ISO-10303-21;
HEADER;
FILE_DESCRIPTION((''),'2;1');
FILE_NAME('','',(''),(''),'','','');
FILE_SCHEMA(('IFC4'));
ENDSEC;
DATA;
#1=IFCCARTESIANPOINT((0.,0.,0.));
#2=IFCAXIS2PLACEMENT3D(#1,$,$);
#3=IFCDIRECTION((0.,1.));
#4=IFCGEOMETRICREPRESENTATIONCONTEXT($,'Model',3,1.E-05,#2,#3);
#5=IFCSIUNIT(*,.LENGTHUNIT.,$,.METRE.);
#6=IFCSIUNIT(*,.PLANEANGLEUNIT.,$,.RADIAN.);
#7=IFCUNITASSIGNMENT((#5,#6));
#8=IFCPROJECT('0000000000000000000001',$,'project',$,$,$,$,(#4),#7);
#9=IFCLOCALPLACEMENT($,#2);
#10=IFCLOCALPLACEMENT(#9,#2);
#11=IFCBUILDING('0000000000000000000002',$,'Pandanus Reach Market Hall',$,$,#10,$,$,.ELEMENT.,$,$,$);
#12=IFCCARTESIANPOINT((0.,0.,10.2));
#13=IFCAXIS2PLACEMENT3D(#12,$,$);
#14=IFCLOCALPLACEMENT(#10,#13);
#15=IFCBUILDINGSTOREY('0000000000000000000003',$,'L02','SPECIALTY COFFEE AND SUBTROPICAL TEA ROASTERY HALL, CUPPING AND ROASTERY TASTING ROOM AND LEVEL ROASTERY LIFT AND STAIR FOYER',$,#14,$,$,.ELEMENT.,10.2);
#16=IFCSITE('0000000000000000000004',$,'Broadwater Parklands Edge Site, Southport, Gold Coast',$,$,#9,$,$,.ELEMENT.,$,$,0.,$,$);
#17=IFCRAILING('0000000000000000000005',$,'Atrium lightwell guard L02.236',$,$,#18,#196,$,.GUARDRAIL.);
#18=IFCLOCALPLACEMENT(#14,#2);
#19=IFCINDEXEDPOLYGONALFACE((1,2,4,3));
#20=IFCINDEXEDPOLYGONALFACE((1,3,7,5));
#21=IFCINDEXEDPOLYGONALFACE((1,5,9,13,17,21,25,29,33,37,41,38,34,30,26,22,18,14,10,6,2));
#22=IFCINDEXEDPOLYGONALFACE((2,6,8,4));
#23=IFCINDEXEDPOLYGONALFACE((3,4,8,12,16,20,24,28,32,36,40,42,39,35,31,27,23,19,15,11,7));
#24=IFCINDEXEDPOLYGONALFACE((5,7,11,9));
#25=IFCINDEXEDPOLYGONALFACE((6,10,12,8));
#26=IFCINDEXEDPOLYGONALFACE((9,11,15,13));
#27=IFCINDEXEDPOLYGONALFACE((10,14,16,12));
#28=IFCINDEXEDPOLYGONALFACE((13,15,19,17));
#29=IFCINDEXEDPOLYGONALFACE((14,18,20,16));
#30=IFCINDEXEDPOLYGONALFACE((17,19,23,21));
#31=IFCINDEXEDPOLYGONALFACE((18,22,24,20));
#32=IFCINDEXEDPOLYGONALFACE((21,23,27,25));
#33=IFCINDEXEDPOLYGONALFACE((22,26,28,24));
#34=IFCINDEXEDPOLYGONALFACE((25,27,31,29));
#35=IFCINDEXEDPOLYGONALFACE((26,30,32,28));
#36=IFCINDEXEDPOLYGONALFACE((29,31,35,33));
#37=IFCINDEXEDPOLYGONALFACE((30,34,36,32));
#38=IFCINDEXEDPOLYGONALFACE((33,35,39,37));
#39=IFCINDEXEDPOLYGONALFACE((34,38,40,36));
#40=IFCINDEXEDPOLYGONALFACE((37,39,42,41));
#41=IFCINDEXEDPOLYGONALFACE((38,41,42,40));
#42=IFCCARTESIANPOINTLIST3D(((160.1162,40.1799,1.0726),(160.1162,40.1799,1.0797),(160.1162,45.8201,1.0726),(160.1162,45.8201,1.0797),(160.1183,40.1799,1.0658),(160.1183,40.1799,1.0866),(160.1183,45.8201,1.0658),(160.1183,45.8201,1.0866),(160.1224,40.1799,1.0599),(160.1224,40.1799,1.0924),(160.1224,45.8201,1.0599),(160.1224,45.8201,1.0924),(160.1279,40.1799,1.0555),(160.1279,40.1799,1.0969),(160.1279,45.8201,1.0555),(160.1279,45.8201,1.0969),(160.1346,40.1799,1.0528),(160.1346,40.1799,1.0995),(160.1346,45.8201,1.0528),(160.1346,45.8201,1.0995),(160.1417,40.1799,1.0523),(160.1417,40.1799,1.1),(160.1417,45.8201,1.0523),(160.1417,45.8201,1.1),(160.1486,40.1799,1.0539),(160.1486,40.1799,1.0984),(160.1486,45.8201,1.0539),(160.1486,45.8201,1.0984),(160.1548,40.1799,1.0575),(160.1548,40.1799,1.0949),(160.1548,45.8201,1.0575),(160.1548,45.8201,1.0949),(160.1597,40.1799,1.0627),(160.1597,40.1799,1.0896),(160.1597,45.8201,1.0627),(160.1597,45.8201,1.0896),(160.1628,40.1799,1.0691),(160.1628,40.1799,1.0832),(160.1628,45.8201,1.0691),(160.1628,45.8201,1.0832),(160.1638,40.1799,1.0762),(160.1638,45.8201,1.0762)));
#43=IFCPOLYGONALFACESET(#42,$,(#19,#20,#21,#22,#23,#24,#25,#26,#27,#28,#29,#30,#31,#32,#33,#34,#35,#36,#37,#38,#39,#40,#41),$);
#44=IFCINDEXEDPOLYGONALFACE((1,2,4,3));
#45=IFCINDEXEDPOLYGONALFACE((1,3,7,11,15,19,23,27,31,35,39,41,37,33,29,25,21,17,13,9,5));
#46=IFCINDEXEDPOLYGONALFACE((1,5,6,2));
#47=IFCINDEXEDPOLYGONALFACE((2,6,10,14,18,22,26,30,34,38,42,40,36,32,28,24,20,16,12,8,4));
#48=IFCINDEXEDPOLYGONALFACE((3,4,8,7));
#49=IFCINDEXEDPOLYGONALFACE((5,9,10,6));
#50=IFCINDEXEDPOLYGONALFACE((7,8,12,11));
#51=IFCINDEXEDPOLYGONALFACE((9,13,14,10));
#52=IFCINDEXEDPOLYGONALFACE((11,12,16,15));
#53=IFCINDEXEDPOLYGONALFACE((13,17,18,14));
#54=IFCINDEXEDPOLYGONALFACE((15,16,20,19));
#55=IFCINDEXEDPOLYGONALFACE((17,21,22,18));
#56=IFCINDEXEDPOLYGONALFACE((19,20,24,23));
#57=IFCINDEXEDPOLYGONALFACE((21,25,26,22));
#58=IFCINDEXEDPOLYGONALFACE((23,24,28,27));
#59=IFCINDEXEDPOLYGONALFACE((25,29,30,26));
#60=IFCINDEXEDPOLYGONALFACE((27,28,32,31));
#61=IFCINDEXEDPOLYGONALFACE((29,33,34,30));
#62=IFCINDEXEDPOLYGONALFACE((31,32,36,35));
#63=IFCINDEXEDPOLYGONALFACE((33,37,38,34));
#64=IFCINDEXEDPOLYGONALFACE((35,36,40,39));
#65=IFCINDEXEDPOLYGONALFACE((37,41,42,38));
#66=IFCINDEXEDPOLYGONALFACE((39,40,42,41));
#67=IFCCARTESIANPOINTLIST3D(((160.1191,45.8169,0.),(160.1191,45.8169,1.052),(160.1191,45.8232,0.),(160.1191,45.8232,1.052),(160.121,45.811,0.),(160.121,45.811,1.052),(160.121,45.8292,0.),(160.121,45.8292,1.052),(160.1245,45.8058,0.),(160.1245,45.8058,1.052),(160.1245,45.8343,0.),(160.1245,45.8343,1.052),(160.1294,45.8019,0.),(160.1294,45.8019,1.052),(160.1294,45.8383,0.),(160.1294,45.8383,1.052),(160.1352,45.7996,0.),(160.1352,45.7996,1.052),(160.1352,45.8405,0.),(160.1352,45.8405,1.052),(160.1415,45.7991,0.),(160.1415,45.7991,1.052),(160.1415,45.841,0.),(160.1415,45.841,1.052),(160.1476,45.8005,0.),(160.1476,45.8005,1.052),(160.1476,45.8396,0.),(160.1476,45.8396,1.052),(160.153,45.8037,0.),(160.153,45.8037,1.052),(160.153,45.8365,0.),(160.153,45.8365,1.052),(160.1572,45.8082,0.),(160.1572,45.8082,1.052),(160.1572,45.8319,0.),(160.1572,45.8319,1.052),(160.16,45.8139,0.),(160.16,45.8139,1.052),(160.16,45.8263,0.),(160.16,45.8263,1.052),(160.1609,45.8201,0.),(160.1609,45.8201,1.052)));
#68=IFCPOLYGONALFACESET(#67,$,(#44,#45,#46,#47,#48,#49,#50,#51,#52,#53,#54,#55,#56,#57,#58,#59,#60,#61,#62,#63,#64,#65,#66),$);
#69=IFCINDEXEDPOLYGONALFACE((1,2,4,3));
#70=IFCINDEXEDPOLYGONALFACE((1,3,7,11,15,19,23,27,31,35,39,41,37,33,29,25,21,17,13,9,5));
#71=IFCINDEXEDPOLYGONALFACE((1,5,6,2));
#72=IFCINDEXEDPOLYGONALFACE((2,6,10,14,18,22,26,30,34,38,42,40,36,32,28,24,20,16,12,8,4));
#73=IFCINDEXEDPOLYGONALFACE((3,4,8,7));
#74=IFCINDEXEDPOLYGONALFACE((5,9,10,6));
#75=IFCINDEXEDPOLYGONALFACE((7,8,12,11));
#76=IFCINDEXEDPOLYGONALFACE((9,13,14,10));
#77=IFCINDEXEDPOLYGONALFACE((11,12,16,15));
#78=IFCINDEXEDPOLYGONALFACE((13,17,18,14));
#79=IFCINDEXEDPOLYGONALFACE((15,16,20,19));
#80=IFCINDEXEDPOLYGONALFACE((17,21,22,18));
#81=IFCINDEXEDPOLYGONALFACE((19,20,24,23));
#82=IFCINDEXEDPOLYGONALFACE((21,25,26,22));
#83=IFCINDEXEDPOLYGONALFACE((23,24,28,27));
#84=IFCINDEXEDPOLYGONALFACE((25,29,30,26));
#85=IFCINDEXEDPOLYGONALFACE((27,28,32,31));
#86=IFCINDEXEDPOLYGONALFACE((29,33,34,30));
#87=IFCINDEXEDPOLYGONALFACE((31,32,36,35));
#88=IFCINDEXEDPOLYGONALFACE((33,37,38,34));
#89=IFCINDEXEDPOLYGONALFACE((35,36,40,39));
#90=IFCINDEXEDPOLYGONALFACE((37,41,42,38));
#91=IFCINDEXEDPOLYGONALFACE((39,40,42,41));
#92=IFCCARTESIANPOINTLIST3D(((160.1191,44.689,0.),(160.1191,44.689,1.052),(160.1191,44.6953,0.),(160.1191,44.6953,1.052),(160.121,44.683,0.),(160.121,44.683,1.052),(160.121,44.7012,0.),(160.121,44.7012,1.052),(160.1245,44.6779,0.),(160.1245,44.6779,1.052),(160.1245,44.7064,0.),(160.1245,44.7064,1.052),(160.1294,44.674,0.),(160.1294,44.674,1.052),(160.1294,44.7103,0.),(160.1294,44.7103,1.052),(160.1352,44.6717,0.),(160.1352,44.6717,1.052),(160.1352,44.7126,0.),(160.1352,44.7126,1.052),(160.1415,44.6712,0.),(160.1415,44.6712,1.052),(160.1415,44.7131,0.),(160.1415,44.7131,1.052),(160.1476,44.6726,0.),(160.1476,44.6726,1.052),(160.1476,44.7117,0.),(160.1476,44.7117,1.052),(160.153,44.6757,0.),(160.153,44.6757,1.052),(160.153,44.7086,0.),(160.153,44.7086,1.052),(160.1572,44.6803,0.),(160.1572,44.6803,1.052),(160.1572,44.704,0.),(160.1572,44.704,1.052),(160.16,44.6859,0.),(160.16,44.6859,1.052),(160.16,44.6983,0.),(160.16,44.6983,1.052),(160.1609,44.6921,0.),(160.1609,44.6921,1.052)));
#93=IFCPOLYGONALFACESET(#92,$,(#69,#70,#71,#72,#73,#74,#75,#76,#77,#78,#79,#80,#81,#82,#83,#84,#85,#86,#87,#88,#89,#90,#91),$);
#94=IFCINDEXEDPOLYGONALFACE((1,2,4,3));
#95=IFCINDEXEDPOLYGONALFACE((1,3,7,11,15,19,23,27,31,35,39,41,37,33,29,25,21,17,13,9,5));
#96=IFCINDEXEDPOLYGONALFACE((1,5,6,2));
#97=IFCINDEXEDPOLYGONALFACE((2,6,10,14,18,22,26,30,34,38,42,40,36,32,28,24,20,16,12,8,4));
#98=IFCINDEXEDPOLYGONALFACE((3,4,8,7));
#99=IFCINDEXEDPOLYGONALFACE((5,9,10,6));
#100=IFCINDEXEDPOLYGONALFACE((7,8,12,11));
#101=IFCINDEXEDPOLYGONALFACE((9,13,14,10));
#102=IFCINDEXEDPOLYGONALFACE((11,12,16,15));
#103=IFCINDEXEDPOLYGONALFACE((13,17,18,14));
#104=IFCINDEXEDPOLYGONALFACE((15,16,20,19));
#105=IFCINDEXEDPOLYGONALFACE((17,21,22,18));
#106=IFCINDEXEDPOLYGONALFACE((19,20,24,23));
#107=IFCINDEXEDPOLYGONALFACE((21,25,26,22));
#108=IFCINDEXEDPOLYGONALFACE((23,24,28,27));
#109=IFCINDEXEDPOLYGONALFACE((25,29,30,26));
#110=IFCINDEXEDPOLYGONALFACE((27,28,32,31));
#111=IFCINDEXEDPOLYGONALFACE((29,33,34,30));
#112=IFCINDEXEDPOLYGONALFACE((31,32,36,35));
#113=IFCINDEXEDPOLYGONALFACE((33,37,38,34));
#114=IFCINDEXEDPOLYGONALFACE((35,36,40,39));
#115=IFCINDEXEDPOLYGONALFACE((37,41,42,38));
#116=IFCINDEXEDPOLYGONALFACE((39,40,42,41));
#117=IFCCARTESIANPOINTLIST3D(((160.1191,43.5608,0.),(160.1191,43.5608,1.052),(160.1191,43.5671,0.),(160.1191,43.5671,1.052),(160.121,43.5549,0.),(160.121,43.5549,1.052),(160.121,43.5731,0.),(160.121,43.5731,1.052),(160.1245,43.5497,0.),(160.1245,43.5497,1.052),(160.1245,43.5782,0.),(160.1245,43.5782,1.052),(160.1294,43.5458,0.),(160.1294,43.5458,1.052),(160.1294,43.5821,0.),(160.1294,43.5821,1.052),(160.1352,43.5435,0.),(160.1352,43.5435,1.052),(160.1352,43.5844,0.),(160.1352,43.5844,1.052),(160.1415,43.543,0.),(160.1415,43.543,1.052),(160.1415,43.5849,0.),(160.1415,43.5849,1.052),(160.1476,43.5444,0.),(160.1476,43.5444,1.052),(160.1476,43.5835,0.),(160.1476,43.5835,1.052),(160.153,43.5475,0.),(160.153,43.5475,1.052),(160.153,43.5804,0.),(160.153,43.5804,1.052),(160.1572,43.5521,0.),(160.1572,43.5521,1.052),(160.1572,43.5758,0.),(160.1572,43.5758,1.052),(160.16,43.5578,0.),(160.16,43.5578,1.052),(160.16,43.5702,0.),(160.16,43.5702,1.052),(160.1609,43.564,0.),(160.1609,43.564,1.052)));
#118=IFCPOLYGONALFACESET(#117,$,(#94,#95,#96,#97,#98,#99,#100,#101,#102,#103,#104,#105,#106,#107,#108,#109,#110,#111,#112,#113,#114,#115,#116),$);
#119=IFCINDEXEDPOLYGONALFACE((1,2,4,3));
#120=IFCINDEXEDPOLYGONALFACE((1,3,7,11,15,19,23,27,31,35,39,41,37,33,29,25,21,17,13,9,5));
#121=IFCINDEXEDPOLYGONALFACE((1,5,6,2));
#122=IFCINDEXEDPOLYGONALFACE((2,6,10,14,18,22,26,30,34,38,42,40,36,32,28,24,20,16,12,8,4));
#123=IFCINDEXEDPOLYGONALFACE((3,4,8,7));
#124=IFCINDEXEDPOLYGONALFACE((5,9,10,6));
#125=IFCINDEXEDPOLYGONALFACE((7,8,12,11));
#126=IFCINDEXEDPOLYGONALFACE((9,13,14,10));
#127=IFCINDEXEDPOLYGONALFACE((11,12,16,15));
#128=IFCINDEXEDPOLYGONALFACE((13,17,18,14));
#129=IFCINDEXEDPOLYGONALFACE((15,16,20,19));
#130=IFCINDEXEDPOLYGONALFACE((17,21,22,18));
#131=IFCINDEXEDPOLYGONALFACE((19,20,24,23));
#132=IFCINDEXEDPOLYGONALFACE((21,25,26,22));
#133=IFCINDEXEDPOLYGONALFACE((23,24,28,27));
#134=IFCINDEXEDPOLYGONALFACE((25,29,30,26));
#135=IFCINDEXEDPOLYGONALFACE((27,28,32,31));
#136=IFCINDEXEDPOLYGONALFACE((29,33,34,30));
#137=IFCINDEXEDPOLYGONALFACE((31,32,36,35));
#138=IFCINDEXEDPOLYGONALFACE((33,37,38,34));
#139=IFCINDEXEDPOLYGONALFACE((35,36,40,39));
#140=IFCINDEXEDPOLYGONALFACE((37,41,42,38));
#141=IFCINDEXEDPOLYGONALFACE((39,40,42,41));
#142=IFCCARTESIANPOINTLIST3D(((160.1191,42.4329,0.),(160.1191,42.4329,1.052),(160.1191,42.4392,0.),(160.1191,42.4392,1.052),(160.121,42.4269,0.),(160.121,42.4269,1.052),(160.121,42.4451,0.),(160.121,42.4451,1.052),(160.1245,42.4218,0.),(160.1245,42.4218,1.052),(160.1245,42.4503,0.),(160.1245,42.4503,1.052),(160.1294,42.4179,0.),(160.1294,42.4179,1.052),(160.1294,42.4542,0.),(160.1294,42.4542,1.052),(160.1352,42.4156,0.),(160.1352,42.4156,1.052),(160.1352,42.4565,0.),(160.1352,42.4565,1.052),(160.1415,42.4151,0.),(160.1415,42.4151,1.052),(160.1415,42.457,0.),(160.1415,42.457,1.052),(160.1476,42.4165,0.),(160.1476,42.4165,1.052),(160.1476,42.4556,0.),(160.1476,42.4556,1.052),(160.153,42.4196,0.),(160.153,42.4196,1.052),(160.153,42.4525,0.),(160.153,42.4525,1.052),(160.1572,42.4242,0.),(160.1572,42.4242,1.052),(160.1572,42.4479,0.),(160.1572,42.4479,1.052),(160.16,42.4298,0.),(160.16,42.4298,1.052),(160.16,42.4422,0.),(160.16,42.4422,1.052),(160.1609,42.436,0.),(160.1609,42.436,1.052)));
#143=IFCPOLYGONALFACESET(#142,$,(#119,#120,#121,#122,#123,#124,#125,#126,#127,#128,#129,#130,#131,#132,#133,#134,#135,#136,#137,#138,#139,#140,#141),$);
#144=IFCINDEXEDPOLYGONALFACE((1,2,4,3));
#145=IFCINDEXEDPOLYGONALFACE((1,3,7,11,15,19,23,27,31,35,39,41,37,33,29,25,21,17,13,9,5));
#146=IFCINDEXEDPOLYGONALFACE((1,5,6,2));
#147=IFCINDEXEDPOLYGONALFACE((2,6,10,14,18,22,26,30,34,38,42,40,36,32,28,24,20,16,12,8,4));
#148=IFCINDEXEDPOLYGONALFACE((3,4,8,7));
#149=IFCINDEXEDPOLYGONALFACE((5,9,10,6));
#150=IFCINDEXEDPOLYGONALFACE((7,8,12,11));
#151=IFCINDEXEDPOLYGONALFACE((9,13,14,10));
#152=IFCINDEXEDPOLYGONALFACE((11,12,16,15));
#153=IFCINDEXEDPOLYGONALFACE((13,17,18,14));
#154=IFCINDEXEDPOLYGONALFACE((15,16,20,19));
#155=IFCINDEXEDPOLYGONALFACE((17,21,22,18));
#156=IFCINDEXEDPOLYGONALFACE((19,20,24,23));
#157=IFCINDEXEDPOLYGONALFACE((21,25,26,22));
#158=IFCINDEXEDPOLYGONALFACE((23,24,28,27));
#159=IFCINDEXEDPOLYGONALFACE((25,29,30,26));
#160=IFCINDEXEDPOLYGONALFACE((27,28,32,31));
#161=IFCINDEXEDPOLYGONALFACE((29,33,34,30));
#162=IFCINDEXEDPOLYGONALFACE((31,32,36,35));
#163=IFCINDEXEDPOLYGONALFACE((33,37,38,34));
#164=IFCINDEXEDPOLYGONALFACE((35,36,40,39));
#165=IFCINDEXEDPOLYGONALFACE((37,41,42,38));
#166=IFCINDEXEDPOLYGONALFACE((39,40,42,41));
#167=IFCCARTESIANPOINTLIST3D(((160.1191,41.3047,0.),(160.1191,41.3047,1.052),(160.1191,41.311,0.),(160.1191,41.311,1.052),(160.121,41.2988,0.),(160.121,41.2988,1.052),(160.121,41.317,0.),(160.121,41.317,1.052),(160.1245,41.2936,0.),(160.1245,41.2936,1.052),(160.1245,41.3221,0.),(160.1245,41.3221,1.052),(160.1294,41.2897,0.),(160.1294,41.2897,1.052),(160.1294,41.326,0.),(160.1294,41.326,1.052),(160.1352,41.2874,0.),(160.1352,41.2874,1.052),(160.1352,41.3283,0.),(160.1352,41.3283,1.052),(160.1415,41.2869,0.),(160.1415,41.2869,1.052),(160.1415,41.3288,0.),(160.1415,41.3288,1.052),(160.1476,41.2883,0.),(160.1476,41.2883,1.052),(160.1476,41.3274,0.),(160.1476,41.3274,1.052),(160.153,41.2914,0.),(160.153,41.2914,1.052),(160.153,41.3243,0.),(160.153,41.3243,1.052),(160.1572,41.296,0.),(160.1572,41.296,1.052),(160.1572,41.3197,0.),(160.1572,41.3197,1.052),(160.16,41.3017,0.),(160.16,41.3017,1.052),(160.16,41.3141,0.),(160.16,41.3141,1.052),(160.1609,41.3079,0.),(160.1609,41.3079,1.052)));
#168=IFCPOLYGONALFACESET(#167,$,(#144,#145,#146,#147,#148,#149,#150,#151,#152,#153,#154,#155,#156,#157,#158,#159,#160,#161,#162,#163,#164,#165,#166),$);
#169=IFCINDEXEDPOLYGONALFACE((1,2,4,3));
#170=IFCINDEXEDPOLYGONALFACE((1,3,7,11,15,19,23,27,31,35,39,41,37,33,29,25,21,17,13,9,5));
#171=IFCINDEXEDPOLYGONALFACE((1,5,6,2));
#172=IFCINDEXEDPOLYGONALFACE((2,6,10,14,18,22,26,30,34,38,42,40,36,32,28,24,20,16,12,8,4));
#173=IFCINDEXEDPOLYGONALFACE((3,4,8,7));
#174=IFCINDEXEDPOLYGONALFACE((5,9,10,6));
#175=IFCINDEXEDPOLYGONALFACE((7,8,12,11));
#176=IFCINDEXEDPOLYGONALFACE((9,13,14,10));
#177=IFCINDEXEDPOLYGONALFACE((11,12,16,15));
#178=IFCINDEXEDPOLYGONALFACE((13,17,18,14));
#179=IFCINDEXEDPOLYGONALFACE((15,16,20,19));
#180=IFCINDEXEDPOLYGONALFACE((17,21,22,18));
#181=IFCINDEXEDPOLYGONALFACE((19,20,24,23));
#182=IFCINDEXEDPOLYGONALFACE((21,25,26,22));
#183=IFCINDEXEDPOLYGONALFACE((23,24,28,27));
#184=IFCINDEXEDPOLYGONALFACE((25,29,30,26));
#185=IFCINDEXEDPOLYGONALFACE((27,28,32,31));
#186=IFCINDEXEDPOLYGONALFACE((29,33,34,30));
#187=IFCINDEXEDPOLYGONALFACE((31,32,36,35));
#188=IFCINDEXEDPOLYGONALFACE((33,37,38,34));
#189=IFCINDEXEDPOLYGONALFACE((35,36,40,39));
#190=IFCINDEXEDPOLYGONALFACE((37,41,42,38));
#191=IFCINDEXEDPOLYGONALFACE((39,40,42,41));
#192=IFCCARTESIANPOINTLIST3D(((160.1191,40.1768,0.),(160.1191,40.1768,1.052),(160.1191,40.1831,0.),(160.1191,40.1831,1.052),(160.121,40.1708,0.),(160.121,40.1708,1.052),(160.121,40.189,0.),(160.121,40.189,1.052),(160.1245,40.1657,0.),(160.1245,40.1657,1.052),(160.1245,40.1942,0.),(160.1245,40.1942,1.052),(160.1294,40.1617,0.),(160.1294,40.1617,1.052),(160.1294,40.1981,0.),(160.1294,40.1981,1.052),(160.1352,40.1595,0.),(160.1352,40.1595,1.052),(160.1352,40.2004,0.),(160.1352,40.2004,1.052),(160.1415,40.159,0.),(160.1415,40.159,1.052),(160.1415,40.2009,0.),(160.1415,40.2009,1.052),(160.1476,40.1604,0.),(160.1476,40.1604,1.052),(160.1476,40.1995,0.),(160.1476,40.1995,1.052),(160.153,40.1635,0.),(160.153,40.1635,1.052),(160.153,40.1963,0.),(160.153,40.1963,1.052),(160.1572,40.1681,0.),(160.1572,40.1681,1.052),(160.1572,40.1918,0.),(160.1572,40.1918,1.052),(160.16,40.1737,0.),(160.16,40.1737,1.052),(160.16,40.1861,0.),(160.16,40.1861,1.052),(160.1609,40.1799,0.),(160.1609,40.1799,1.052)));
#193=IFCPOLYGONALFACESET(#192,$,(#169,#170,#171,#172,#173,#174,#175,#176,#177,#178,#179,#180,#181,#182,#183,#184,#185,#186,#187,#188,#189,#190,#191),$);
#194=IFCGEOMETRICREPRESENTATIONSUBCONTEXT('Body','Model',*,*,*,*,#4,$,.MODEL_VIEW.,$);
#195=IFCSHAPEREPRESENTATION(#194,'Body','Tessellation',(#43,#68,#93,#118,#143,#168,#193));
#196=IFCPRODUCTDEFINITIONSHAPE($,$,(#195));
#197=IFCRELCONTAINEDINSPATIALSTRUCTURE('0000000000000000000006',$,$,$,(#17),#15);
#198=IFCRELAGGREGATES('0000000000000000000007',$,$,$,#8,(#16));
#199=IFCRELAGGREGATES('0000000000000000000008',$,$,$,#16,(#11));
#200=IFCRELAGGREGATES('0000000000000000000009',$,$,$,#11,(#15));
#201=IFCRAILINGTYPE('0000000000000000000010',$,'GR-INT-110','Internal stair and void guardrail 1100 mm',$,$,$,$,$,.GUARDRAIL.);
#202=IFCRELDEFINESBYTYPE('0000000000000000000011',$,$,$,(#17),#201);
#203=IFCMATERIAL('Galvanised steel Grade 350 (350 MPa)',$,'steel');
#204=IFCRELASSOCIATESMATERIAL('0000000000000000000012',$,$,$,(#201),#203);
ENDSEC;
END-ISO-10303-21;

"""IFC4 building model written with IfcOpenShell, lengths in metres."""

from ifc_helpers import new_model, si_unit, direction, frame, origin, origin_2d, place, context, subcontext, project, spatial, circle, extrude, material, type_object, element, save


model = new_model("IFC4")

# Units and contexts
model_context = context("Model", 3, precision=1e-05, world=origin(), true_north=direction((0.0, 1.0)))
body_context = subcontext(model_context, "Body", "Model", "MODEL_VIEW")
ifc_project = project(units=[si_unit("LENGTHUNIT", "METRE"), si_unit("PLANEANGLEUNIT", "RADIAN")], contexts=[model_context])

# Site, building, storey
site_placement = place(None, origin())
site = spatial("IfcSite", under=ifc_project, at=site_placement, Name="Broadwater Parklands Edge Site, Southport, Gold Coast", CompositionType="ELEMENT", RefElevation=0.0)
building_placement = place(site_placement, origin())
building = spatial("IfcBuilding", under=site, at=building_placement, Name="Pandanus Reach Market Hall", CompositionType="ELEMENT")
storey_placement = place(building_placement, frame((0.0, 0.0, 10.2)))
storey = spatial("IfcBuildingStorey", under=building, at=storey_placement, Name="L02", Description="SPECIALTY COFFEE AND SUBTROPICAL TEA ROASTERY HALL, CUPPING AND ROASTERY TASTING ROOM AND LEVEL ROASTERY LIFT AND STAIR FOYER", CompositionType="ELEMENT", Elevation=10.2)

# Railing
ifc_material_1 = material(Name="Galvanised steel Grade 350 (350 MPa)", Category="steel")
railing_type = type_object("IfcRailingType", Name="GR-INT-110", Description="Internal stair and void guardrail 1100 mm", PredefinedType="GUARDRAIL", material=ifc_material_1)
railing_1_placement = place(storey_placement, frame((160.1399, 45.8201, 0.0)))
element("IfcRailing", 1, at=railing_1_placement, inside=storey, type_object=railing_type, Name="Atrium lightwell guard L02.236", PredefinedType="GUARDRAIL", context=body_context, shape_type="SweptSolid", body=[
    extrude(circle(Radius=0.0239, at=origin_2d()), frame((0.0, 0.0, 1.0762), z_axis=(0.0, -1.0, 0.0), x_axis=(1.0, 0.0, 0.0)), (0.0, 0.0, 1.0), 5.6401),
    extrude(circle(Radius=0.021, at=origin_2d()), origin(), (0.0, 0.0, 1.0), 1.052),
    extrude(circle(Radius=0.021, at=origin_2d()), frame((0.0, -1.1279, 0.0)), (0.0, 0.0, 1.0), 1.052),
    extrude(circle(Radius=0.021, at=origin_2d()), frame((0.0, -2.2561, 0.0)), (0.0, 0.0, 1.0), 1.052),
    extrude(circle(Radius=0.021, at=origin_2d()), frame((0.0, -3.384, 0.0)), (0.0, 0.0, 1.0), 1.052),
    extrude(circle(Radius=0.021, at=origin_2d()), frame((0.0, -4.5122, 0.0)), (0.0, 0.0, 1.0), 1.052),
    extrude(circle(Radius=0.021, at=origin_2d()), frame((0.0, -5.6401, 0.0)), (0.0, 0.0, 1.0), 1.052),
])

save(model, "model.ifc")
